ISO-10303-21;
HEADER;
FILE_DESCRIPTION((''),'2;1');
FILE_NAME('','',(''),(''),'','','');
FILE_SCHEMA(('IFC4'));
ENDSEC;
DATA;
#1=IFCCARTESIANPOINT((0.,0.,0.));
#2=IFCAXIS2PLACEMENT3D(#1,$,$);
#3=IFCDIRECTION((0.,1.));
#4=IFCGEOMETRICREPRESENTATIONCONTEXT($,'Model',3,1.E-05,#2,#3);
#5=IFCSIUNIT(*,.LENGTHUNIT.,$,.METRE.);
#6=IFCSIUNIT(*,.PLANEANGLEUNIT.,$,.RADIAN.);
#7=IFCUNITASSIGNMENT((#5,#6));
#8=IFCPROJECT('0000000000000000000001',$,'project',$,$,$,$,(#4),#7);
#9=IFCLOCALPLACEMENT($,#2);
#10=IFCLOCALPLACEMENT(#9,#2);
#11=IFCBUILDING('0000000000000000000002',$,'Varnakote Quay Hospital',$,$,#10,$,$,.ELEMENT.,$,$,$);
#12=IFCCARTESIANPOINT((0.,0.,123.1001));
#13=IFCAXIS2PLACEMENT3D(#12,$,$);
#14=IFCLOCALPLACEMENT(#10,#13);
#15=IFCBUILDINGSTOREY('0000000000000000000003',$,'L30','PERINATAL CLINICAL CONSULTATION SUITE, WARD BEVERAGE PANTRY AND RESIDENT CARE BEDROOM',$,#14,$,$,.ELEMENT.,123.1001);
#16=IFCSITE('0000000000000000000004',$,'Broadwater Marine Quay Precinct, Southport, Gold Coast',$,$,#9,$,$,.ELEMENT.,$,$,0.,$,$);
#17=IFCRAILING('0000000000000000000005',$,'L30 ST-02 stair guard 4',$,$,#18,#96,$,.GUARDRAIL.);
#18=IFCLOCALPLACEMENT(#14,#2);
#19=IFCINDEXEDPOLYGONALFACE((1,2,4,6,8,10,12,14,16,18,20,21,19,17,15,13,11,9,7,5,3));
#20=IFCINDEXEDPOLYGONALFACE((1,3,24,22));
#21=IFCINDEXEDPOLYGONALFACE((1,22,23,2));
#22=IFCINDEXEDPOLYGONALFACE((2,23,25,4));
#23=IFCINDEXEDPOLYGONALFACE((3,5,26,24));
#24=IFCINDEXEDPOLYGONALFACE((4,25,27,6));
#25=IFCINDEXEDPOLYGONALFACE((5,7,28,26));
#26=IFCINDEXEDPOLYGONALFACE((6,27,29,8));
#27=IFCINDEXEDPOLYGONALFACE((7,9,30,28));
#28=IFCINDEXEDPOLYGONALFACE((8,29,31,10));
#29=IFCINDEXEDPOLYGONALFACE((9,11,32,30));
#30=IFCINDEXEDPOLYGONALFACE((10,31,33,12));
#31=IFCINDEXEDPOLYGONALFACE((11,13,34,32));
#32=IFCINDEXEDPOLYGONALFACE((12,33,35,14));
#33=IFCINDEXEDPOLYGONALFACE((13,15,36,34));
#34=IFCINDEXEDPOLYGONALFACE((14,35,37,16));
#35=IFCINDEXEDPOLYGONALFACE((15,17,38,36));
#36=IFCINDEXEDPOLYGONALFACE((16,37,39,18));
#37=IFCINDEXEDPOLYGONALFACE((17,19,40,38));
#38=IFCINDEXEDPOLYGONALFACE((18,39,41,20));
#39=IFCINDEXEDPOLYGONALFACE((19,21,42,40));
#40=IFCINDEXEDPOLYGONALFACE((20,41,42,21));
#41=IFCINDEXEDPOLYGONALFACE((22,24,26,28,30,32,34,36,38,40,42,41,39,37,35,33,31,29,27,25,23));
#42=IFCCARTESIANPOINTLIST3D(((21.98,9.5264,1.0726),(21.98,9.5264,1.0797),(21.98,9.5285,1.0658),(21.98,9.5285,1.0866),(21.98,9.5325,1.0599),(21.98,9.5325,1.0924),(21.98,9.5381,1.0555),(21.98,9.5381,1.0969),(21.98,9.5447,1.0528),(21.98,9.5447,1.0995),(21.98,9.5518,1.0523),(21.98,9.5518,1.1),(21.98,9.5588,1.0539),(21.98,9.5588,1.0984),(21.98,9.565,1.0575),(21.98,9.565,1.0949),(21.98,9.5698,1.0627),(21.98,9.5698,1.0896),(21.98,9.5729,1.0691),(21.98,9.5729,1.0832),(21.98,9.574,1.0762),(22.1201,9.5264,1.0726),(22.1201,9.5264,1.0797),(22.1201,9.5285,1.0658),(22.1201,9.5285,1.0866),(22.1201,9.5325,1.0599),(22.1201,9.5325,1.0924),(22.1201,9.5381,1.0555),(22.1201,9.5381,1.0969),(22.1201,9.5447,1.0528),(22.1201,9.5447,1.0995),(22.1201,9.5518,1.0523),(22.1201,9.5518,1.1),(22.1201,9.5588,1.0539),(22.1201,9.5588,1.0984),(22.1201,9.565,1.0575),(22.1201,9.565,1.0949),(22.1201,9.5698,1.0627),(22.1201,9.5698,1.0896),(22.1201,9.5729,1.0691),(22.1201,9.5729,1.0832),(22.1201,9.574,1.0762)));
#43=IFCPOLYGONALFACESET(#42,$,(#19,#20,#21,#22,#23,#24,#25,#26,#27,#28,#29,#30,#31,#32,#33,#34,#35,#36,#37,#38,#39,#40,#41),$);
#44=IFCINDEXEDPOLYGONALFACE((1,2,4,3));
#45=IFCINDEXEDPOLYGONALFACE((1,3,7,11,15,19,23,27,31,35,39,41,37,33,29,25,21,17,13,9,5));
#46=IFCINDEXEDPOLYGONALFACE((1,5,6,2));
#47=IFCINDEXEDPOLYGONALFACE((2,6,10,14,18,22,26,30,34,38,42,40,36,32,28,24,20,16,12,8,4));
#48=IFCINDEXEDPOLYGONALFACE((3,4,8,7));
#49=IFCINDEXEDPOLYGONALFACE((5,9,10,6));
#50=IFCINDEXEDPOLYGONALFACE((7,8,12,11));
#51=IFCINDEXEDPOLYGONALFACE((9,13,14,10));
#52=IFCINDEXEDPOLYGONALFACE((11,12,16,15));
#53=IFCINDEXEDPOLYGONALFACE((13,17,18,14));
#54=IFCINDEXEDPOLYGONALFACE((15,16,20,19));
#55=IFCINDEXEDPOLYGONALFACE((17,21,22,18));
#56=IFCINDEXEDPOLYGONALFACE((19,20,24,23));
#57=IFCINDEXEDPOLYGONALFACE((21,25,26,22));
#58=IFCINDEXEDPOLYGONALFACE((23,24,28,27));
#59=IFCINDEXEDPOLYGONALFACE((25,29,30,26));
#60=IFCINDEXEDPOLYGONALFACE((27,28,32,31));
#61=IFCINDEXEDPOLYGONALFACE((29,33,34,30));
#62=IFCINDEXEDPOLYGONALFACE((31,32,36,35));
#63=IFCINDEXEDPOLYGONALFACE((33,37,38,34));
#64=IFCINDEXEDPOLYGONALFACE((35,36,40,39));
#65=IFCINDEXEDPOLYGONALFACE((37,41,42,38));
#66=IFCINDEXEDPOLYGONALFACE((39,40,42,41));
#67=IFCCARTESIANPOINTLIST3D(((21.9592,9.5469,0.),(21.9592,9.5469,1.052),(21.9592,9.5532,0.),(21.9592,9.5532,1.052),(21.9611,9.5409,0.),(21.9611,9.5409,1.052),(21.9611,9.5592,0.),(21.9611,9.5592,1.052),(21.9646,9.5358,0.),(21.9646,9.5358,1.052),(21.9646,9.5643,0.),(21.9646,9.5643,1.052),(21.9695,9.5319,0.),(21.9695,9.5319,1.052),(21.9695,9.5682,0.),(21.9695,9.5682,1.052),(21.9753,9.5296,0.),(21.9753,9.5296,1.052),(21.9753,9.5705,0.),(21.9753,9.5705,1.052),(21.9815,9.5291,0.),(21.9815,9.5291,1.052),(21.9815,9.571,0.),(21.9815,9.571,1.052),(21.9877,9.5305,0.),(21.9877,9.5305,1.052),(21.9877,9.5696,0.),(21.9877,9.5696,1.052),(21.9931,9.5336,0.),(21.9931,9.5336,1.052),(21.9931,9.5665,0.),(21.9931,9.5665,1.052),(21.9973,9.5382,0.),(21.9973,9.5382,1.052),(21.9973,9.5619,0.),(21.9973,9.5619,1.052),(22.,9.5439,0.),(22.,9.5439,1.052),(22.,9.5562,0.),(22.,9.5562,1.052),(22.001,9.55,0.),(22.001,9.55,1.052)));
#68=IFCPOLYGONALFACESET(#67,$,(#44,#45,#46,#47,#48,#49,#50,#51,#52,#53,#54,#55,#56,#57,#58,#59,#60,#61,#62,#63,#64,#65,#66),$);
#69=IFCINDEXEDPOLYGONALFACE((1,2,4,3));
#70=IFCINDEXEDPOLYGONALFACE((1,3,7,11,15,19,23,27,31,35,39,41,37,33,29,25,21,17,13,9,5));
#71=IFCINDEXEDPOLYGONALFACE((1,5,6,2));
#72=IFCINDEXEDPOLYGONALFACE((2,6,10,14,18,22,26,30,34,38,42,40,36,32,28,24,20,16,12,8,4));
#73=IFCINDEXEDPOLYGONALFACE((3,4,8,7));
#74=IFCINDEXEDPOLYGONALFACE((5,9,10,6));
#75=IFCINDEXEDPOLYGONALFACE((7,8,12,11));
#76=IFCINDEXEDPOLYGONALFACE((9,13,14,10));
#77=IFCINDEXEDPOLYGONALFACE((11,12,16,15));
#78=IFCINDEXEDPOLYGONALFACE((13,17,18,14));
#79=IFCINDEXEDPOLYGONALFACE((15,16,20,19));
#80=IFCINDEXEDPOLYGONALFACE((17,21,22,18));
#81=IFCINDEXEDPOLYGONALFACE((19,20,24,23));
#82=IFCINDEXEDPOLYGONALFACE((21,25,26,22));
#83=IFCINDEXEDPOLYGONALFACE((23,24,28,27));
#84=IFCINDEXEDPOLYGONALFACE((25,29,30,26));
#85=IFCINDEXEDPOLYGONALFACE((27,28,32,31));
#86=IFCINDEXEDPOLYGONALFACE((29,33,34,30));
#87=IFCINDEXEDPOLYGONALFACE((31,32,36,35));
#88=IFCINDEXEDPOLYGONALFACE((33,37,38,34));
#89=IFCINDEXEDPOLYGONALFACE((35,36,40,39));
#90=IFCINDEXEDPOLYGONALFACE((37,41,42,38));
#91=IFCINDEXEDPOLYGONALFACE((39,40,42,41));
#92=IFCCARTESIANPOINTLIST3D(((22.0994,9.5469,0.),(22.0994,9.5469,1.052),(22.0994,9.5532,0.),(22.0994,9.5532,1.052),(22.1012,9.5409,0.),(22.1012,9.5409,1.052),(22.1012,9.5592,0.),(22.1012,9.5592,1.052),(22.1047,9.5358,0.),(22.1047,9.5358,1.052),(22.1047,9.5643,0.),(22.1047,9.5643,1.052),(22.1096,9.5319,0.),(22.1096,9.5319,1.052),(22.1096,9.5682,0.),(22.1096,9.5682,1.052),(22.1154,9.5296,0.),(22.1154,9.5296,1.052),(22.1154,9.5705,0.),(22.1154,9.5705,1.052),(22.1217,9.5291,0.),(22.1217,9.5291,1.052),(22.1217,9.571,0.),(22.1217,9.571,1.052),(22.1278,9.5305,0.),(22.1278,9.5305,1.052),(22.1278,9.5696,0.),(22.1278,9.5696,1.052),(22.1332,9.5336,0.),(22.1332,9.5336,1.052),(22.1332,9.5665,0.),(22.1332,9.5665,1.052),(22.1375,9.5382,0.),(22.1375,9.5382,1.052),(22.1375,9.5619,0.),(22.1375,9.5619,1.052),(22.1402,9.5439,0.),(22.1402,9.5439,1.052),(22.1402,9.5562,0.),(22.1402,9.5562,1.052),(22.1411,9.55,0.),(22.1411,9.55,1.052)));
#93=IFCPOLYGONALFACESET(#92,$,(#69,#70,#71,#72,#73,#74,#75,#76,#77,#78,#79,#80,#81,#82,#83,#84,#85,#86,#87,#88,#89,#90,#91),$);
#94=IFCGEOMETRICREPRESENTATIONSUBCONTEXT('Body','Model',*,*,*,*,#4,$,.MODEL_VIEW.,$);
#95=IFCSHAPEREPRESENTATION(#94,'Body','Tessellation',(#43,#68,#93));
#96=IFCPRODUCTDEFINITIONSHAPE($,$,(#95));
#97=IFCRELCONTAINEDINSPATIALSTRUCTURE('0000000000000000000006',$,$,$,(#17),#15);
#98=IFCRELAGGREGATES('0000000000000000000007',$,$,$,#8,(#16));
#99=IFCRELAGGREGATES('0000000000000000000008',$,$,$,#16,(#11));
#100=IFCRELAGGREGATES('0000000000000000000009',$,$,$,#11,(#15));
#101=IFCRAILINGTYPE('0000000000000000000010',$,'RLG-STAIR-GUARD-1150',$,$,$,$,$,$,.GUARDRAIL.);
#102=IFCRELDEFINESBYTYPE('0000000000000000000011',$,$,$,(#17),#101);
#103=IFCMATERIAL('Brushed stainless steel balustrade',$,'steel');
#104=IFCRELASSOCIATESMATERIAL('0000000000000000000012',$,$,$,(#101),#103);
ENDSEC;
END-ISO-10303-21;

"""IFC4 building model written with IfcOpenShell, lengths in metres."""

from ifc_helpers import new_model, si_unit, direction, frame, origin, origin_2d, place, context, subcontext, project, spatial, circle, extrude, material, type_object, element, save


model = new_model("IFC4")

# Units and contexts
model_context = context("Model", 3, precision=1e-05, world=origin(), true_north=direction((0.0, 1.0)))
body_context = subcontext(model_context, "Body", "Model", "MODEL_VIEW")
ifc_project = project(units=[si_unit("LENGTHUNIT", "METRE"), si_unit("PLANEANGLEUNIT", "RADIAN")], contexts=[model_context])

# Site, building, storey
site_placement = place(None, origin())
site = spatial("IfcSite", under=ifc_project, at=site_placement, Name="Broadwater Marine Quay Precinct, Southport, Gold Coast", CompositionType="ELEMENT", RefElevation=0.0)
building_placement = place(site_placement, origin())
building = spatial("IfcBuilding", under=site, at=building_placement, Name="Varnakote Quay Hospital", CompositionType="ELEMENT")
storey_placement = place(building_placement, frame((0.0, 0.0, 123.1001)))
storey = spatial("IfcBuildingStorey", under=building, at=storey_placement, Name="L30", Description="PERINATAL CLINICAL CONSULTATION SUITE, WARD BEVERAGE PANTRY AND RESIDENT CARE BEDROOM", CompositionType="ELEMENT", Elevation=123.1001)

# Railing
ifc_material_1 = material(Name="Brushed stainless steel balustrade", Category="steel")
railing_type_1 = type_object("IfcRailingType", Name="RLG-STAIR-GUARD-1150", PredefinedType="GUARDRAIL", material=ifc_material_1)
railing_1_placement = place(storey_placement, frame((21.98, 9.55, 0.0)))
element("IfcRailing", 1, at=railing_1_placement, inside=storey, type_object=railing_type_1, Name="L30 ST-02 stair guard 4", PredefinedType="GUARDRAIL", context=body_context, shape_type="SweptSolid", body=[
    extrude(circle(Radius=0.0239, at=origin_2d()), frame((0.0, 0.0, 1.0762), z_axis=(1.0, 0.0, 0.0), x_axis=(0.0, 1.0, 0.0)), (0.0, 0.0, 1.0), 0.1401),
    extrude(circle(Radius=0.021, at=origin_2d()), origin(), (0.0, 0.0, 1.0), 1.052),
    extrude(circle(Radius=0.021, at=origin_2d()), frame((0.1401, 0.0, 0.0)), (0.0, 0.0, 1.0), 1.052),
])

save(model, "model.ifc")
